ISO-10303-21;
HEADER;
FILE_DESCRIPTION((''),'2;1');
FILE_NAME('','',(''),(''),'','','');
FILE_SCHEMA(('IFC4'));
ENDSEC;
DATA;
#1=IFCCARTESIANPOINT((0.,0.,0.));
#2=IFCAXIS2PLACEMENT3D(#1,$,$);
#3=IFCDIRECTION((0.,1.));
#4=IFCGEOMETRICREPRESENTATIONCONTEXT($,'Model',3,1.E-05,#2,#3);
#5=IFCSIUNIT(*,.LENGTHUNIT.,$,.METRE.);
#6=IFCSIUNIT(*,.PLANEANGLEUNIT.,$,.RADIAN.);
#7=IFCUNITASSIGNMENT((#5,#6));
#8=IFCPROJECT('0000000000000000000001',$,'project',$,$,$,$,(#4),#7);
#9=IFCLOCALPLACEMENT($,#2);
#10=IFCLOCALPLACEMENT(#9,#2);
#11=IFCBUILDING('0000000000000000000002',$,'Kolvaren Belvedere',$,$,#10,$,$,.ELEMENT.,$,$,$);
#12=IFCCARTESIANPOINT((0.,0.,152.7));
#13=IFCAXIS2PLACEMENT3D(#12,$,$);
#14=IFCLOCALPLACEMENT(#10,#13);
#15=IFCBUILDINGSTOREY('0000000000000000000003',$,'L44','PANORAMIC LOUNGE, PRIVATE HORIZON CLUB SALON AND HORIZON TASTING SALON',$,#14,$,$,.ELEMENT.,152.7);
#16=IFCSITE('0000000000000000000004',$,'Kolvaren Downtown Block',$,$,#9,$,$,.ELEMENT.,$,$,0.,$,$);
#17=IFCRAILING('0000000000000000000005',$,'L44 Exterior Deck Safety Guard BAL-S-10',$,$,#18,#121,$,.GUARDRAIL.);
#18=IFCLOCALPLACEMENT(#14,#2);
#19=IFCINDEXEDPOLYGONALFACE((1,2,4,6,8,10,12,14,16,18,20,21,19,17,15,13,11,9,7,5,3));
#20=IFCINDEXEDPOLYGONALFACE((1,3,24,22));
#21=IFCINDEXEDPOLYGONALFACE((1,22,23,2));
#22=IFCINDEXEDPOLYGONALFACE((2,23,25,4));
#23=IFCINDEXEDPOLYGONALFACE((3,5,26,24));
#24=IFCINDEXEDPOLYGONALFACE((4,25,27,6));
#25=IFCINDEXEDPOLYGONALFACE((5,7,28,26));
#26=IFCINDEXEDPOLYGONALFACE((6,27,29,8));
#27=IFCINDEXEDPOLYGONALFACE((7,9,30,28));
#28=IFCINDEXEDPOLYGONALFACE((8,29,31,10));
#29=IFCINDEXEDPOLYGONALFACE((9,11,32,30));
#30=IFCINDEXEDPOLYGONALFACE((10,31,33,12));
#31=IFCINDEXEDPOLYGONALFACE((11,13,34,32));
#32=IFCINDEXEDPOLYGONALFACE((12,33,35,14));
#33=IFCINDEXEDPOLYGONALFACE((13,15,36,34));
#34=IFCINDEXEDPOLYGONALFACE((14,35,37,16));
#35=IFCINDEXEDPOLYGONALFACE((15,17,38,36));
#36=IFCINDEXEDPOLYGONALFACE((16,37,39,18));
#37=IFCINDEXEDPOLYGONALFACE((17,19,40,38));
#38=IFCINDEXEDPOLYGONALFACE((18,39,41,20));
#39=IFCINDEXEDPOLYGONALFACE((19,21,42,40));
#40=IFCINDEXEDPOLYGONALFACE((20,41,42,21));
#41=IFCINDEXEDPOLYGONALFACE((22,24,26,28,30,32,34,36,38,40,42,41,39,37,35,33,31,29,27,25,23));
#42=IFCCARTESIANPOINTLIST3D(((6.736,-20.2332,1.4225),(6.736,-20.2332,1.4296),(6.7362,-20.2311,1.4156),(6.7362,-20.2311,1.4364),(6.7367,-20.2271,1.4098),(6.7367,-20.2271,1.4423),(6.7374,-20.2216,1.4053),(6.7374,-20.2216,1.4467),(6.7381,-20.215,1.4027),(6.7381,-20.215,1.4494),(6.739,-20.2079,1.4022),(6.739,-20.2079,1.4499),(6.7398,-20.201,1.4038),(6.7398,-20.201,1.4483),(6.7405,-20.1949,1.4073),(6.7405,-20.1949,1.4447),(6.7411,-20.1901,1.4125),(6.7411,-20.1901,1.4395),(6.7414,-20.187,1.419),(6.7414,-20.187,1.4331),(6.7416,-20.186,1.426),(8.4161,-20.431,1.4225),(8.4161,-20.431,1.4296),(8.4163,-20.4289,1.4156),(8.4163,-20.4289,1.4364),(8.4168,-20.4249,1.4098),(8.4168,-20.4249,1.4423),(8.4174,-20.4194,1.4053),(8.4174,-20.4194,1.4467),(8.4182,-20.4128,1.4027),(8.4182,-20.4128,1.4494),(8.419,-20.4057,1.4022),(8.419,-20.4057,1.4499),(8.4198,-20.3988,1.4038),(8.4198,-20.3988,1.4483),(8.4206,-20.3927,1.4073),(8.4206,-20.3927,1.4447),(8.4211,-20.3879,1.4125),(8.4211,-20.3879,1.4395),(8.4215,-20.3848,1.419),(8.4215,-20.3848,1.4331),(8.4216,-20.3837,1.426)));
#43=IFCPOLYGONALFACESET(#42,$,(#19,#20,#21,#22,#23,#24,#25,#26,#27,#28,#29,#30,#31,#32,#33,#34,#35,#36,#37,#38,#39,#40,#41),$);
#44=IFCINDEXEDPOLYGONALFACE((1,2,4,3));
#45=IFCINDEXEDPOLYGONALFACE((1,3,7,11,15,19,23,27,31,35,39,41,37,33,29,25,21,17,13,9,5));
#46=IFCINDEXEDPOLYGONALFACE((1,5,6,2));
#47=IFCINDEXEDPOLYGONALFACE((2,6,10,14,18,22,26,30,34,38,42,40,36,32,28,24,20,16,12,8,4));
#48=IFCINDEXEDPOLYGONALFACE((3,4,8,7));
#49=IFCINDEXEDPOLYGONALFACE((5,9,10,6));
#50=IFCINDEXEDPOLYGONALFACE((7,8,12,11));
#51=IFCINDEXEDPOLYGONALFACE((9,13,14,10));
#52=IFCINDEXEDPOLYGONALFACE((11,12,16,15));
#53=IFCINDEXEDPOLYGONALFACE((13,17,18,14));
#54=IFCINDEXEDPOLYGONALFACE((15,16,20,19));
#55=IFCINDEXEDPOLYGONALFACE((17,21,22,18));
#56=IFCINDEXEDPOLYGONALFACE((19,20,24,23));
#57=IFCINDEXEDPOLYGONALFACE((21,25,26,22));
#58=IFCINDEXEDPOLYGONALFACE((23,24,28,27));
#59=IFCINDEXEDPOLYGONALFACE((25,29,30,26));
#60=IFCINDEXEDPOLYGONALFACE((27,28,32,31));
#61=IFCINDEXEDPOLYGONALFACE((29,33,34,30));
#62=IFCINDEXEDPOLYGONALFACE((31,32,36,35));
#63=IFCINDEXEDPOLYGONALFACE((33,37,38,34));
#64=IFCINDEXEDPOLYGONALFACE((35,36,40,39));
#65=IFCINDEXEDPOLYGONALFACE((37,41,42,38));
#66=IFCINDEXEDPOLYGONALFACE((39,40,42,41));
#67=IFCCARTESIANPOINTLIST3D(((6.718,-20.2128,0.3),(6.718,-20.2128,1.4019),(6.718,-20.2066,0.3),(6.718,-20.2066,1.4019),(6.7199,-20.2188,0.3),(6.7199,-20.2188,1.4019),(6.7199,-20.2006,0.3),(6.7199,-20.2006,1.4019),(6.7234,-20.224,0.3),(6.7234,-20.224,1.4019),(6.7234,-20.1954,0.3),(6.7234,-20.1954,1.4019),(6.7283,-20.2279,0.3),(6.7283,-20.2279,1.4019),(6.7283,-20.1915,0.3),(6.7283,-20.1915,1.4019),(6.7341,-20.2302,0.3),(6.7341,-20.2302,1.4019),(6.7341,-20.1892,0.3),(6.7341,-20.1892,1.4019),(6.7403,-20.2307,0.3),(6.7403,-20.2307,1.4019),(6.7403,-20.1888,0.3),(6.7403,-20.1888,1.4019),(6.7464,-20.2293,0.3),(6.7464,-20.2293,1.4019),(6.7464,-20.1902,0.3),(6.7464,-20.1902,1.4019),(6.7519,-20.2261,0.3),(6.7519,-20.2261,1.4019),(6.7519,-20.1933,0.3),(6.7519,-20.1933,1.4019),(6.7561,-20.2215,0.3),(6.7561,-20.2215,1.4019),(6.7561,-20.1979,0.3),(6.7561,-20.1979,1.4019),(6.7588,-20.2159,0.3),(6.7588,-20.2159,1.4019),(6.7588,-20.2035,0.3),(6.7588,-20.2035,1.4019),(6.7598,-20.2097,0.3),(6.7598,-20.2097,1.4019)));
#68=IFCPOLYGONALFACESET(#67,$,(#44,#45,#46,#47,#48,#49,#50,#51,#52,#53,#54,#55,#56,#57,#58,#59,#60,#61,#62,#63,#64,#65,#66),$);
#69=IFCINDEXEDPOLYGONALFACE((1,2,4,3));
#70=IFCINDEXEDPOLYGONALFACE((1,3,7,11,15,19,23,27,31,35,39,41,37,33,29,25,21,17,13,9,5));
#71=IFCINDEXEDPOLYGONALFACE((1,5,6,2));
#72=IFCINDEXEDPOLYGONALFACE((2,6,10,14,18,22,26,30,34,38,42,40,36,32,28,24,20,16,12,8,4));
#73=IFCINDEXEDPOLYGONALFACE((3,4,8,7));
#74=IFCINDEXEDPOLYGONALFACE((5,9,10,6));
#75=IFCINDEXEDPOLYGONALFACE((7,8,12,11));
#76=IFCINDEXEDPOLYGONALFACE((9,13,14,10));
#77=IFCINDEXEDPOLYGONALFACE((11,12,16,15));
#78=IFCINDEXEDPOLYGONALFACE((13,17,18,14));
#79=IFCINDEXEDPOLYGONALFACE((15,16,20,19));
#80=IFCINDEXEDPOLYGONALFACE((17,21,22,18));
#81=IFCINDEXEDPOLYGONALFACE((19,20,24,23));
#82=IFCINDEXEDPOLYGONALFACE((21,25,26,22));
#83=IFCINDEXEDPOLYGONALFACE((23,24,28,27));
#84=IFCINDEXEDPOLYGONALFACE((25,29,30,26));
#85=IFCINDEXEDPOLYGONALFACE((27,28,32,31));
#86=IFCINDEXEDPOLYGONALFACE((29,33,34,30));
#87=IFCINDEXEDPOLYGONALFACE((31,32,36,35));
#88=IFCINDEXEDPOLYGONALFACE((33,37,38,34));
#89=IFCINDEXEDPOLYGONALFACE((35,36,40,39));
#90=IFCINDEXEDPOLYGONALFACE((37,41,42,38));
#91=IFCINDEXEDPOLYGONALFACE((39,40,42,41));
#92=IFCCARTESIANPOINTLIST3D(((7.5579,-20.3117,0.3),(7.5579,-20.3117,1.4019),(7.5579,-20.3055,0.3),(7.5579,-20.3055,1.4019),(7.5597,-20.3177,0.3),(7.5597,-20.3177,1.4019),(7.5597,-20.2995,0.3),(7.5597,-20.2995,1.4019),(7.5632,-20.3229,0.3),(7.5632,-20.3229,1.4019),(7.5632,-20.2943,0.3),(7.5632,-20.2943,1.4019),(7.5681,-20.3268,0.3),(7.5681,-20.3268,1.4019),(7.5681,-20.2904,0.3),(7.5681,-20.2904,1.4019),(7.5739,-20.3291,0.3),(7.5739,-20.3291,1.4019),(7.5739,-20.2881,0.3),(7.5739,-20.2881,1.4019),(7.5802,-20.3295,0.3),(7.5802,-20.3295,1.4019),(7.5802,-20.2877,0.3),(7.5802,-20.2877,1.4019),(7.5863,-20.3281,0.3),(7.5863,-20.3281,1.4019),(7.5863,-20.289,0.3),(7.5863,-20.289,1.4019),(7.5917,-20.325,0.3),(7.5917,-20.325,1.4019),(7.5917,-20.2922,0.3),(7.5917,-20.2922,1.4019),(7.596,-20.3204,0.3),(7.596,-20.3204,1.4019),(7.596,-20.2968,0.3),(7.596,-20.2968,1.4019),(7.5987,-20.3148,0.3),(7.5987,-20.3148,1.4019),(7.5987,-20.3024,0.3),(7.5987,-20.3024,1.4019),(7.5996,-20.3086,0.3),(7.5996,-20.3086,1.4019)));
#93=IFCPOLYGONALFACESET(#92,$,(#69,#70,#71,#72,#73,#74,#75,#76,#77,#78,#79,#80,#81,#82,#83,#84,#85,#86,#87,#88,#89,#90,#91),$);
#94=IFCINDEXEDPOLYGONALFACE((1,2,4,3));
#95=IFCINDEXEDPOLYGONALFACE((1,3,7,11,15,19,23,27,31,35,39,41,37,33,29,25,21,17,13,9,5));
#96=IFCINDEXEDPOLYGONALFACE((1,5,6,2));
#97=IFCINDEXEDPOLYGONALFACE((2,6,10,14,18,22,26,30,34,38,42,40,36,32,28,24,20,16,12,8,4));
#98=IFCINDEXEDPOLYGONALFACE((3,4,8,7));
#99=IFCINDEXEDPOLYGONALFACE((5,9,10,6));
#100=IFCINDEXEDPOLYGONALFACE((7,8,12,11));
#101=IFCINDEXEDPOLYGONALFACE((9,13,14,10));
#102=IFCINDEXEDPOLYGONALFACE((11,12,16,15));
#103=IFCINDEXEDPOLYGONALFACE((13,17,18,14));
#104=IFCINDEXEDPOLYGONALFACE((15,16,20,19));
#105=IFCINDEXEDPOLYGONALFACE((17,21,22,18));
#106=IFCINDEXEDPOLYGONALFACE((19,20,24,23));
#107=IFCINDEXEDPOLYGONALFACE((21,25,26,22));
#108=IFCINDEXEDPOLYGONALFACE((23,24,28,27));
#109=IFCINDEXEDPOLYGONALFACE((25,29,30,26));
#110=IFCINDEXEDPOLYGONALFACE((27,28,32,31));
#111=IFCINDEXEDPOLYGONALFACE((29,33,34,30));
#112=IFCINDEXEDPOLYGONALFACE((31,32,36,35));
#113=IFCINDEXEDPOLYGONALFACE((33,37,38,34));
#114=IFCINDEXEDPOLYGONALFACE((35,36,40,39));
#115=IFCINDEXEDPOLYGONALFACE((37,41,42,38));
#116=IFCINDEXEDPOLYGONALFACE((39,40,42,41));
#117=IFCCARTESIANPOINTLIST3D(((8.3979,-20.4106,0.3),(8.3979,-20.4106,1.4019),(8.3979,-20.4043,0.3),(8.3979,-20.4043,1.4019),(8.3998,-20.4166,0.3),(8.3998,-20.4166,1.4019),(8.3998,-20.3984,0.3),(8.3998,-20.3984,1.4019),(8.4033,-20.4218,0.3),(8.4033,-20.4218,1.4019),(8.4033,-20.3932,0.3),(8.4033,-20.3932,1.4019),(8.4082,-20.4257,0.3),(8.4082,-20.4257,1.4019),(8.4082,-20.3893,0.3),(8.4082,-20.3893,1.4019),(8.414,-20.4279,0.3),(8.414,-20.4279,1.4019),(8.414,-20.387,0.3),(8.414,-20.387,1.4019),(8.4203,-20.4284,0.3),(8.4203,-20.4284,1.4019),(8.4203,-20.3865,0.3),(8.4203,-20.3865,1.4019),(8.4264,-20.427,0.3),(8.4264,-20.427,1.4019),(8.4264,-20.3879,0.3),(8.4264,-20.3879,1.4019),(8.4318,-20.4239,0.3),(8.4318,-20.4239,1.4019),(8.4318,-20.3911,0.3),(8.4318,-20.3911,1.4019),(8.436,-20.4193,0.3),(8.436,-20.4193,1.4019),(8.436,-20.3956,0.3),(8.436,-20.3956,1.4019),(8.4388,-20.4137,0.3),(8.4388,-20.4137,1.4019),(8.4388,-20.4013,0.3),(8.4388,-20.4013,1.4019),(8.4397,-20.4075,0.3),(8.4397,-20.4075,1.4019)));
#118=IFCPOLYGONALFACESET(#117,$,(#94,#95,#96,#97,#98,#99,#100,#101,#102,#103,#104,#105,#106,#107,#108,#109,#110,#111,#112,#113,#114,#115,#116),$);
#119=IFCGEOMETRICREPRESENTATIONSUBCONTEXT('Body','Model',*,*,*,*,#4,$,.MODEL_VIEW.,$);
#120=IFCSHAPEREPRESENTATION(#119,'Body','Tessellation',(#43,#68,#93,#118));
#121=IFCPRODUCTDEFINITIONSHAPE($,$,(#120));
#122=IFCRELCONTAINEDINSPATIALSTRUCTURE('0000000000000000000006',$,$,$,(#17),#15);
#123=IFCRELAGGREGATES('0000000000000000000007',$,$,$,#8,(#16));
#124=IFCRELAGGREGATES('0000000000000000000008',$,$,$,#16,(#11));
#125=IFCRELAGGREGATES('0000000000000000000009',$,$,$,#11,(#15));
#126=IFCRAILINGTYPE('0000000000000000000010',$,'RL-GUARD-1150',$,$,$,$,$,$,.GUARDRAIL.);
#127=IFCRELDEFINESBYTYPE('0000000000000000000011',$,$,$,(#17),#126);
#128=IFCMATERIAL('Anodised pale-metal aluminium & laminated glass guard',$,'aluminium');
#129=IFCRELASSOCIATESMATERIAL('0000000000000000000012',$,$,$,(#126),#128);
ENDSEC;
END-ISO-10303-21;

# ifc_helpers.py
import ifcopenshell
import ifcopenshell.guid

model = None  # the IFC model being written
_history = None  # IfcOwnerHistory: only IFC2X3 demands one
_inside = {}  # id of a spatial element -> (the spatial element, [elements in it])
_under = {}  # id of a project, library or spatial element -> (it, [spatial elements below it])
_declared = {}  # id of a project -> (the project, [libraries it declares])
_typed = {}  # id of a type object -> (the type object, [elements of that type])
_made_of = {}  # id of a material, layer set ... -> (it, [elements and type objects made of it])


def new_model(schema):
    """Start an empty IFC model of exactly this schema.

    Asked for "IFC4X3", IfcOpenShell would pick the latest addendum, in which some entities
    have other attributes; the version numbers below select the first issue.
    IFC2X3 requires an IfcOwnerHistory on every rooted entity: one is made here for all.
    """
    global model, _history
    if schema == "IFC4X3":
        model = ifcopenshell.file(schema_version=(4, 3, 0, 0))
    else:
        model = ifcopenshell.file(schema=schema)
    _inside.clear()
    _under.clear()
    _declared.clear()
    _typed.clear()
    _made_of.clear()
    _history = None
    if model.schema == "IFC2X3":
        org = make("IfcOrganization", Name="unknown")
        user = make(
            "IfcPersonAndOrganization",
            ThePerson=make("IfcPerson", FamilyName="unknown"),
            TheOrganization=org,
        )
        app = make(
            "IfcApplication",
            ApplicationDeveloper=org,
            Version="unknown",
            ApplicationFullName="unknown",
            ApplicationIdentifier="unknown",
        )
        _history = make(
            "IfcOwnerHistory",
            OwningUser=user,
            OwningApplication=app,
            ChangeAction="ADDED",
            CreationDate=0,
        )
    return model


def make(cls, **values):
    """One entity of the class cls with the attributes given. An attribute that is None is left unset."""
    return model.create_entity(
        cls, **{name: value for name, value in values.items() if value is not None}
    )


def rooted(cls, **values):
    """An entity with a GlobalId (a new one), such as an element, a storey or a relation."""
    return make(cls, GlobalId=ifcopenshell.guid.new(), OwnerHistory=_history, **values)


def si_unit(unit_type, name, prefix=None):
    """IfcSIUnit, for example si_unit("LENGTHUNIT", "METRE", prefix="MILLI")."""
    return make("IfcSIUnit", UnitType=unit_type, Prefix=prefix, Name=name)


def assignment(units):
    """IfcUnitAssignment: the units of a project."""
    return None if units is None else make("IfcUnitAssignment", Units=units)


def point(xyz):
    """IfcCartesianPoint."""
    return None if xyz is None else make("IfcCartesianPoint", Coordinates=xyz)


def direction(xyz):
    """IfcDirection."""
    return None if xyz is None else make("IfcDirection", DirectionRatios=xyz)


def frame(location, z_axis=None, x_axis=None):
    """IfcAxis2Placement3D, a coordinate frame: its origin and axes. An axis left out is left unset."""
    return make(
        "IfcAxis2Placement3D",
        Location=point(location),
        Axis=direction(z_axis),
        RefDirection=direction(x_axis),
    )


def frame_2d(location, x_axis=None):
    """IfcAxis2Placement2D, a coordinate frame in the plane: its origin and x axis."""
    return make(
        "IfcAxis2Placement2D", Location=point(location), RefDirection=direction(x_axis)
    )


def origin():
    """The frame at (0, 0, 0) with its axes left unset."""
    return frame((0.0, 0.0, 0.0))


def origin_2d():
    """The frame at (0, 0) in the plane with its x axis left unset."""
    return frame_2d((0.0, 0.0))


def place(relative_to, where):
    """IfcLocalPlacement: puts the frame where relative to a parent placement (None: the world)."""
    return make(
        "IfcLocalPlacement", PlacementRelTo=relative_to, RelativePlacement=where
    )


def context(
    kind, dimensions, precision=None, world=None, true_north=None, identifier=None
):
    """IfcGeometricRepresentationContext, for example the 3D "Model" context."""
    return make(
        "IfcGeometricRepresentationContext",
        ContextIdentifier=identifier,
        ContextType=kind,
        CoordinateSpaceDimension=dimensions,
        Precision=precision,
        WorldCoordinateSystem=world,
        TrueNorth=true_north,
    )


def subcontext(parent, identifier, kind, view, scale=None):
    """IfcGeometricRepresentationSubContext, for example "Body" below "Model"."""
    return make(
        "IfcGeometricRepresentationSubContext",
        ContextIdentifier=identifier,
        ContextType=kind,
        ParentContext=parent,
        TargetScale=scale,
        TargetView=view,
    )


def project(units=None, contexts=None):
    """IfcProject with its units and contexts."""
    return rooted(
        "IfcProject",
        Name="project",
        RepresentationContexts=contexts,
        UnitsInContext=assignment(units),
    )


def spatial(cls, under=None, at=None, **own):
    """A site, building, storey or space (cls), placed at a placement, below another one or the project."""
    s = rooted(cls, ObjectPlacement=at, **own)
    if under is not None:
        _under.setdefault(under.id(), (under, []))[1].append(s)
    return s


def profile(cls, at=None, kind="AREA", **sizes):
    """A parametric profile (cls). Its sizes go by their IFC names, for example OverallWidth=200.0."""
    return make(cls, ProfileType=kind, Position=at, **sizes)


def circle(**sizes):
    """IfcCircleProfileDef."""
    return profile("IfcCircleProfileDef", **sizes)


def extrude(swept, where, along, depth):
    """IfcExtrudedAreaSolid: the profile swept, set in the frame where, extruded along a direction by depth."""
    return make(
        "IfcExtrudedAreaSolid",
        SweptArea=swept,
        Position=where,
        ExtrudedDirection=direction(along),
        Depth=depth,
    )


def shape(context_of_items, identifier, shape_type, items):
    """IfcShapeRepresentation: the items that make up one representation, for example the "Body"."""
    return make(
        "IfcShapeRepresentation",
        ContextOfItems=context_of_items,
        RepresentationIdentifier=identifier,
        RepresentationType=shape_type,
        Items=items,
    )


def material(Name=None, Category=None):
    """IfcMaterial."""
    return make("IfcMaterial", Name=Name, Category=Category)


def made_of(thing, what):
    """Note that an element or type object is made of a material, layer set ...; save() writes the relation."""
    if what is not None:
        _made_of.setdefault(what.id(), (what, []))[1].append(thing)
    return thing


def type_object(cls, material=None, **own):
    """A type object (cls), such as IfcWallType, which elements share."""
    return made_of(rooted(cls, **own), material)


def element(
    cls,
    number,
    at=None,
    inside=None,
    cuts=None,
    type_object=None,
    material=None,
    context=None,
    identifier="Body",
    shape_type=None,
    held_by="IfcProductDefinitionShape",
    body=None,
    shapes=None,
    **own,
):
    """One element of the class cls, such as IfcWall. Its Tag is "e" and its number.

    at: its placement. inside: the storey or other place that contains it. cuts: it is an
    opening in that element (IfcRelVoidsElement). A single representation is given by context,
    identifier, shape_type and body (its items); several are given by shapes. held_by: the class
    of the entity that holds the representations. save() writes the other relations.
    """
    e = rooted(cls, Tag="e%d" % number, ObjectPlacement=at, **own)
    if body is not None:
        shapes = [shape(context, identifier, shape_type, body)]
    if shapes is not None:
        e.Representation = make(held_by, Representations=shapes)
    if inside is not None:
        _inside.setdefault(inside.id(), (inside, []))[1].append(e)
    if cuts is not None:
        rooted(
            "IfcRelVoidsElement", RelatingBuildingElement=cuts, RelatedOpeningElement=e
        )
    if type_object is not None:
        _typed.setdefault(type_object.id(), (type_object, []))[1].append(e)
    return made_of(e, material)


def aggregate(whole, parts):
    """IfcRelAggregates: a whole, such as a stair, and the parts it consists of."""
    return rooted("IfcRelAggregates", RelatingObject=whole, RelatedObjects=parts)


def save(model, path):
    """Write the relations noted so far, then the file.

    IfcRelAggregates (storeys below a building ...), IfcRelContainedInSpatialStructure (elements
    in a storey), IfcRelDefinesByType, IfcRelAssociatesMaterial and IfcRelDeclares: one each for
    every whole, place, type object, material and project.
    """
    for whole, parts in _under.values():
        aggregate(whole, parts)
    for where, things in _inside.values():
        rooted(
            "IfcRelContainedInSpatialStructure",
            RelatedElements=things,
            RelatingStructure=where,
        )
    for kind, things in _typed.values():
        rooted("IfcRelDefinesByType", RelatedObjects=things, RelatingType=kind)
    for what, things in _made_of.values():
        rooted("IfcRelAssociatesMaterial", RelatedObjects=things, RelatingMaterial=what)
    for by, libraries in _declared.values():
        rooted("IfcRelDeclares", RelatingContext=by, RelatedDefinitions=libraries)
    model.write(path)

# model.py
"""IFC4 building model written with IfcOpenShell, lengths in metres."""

from ifc_helpers import new_model, si_unit, direction, frame, origin, origin_2d, place, context, subcontext, project, spatial, circle, extrude, material, type_object, element, save


model = new_model("IFC4")

# Units and contexts
model_context = context("Model", 3, precision=1e-05, world=origin(), true_north=direction((0.0, 1.0)))
body_context = subcontext(model_context, "Body", "Model", "MODEL_VIEW")
ifc_project = project(units=[si_unit("LENGTHUNIT", "METRE"), si_unit("PLANEANGLEUNIT", "RADIAN")], contexts=[model_context])

# Site, building, storey
site_placement = place(None, origin())
site = spatial("IfcSite", under=ifc_project, at=site_placement, Name="Kolvaren Downtown Block", CompositionType="ELEMENT", RefElevation=0.0)
building_placement = place(site_placement, origin())
building = spatial("IfcBuilding", under=site, at=building_placement, Name="Kolvaren Belvedere", CompositionType="ELEMENT")
storey_placement = place(building_placement, frame((0.0, 0.0, 152.7)))
storey = spatial("IfcBuildingStorey", under=building, at=storey_placement, Name="L44", Description="PANORAMIC LOUNGE, PRIVATE HORIZON CLUB SALON AND HORIZON TASTING SALON", CompositionType="ELEMENT", Elevation=152.7)

# Railing
ifc_material_1 = material(Name="Anodised pale-metal aluminium & laminated glass guard", Category="aluminium")
railing_type = type_object("IfcRailingType", Name="RL-GUARD-1150", PredefinedType="GUARDRAIL", material=ifc_material_1)
railing_1_placement = place(storey_placement, frame((6.7388, -20.2097, 0.3)))
element("IfcRailing", 1, at=railing_1_placement, inside=storey, type_object=railing_type, Name="L44 Exterior Deck Safety Guard BAL-S-10", PredefinedType="GUARDRAIL", context=body_context, shape_type="SweptSolid", body=[
    extrude(circle(Radius=0.0239, at=origin_2d()), frame((0.0, 0.0, 1.126), z_axis=(0.993143, -0.116908, 0.0), x_axis=(0.116908, 0.993143, 0.0)), (0.0, 0.0, 1.0), 1.6917),
    extrude(circle(Radius=0.021, at=origin_2d()), origin(), (0.0, 0.0, 1.0), 1.1018),
    extrude(circle(Radius=0.021, at=origin_2d()), frame((0.8398, -0.0989, 0.0)), (0.0, 0.0, 1.0), 1.1018),
    extrude(circle(Radius=0.021, at=origin_2d()), frame((1.6799, -0.1978, 0.0)), (0.0, 0.0, 1.0), 1.1018),
])

save(model, "model.ifc")
